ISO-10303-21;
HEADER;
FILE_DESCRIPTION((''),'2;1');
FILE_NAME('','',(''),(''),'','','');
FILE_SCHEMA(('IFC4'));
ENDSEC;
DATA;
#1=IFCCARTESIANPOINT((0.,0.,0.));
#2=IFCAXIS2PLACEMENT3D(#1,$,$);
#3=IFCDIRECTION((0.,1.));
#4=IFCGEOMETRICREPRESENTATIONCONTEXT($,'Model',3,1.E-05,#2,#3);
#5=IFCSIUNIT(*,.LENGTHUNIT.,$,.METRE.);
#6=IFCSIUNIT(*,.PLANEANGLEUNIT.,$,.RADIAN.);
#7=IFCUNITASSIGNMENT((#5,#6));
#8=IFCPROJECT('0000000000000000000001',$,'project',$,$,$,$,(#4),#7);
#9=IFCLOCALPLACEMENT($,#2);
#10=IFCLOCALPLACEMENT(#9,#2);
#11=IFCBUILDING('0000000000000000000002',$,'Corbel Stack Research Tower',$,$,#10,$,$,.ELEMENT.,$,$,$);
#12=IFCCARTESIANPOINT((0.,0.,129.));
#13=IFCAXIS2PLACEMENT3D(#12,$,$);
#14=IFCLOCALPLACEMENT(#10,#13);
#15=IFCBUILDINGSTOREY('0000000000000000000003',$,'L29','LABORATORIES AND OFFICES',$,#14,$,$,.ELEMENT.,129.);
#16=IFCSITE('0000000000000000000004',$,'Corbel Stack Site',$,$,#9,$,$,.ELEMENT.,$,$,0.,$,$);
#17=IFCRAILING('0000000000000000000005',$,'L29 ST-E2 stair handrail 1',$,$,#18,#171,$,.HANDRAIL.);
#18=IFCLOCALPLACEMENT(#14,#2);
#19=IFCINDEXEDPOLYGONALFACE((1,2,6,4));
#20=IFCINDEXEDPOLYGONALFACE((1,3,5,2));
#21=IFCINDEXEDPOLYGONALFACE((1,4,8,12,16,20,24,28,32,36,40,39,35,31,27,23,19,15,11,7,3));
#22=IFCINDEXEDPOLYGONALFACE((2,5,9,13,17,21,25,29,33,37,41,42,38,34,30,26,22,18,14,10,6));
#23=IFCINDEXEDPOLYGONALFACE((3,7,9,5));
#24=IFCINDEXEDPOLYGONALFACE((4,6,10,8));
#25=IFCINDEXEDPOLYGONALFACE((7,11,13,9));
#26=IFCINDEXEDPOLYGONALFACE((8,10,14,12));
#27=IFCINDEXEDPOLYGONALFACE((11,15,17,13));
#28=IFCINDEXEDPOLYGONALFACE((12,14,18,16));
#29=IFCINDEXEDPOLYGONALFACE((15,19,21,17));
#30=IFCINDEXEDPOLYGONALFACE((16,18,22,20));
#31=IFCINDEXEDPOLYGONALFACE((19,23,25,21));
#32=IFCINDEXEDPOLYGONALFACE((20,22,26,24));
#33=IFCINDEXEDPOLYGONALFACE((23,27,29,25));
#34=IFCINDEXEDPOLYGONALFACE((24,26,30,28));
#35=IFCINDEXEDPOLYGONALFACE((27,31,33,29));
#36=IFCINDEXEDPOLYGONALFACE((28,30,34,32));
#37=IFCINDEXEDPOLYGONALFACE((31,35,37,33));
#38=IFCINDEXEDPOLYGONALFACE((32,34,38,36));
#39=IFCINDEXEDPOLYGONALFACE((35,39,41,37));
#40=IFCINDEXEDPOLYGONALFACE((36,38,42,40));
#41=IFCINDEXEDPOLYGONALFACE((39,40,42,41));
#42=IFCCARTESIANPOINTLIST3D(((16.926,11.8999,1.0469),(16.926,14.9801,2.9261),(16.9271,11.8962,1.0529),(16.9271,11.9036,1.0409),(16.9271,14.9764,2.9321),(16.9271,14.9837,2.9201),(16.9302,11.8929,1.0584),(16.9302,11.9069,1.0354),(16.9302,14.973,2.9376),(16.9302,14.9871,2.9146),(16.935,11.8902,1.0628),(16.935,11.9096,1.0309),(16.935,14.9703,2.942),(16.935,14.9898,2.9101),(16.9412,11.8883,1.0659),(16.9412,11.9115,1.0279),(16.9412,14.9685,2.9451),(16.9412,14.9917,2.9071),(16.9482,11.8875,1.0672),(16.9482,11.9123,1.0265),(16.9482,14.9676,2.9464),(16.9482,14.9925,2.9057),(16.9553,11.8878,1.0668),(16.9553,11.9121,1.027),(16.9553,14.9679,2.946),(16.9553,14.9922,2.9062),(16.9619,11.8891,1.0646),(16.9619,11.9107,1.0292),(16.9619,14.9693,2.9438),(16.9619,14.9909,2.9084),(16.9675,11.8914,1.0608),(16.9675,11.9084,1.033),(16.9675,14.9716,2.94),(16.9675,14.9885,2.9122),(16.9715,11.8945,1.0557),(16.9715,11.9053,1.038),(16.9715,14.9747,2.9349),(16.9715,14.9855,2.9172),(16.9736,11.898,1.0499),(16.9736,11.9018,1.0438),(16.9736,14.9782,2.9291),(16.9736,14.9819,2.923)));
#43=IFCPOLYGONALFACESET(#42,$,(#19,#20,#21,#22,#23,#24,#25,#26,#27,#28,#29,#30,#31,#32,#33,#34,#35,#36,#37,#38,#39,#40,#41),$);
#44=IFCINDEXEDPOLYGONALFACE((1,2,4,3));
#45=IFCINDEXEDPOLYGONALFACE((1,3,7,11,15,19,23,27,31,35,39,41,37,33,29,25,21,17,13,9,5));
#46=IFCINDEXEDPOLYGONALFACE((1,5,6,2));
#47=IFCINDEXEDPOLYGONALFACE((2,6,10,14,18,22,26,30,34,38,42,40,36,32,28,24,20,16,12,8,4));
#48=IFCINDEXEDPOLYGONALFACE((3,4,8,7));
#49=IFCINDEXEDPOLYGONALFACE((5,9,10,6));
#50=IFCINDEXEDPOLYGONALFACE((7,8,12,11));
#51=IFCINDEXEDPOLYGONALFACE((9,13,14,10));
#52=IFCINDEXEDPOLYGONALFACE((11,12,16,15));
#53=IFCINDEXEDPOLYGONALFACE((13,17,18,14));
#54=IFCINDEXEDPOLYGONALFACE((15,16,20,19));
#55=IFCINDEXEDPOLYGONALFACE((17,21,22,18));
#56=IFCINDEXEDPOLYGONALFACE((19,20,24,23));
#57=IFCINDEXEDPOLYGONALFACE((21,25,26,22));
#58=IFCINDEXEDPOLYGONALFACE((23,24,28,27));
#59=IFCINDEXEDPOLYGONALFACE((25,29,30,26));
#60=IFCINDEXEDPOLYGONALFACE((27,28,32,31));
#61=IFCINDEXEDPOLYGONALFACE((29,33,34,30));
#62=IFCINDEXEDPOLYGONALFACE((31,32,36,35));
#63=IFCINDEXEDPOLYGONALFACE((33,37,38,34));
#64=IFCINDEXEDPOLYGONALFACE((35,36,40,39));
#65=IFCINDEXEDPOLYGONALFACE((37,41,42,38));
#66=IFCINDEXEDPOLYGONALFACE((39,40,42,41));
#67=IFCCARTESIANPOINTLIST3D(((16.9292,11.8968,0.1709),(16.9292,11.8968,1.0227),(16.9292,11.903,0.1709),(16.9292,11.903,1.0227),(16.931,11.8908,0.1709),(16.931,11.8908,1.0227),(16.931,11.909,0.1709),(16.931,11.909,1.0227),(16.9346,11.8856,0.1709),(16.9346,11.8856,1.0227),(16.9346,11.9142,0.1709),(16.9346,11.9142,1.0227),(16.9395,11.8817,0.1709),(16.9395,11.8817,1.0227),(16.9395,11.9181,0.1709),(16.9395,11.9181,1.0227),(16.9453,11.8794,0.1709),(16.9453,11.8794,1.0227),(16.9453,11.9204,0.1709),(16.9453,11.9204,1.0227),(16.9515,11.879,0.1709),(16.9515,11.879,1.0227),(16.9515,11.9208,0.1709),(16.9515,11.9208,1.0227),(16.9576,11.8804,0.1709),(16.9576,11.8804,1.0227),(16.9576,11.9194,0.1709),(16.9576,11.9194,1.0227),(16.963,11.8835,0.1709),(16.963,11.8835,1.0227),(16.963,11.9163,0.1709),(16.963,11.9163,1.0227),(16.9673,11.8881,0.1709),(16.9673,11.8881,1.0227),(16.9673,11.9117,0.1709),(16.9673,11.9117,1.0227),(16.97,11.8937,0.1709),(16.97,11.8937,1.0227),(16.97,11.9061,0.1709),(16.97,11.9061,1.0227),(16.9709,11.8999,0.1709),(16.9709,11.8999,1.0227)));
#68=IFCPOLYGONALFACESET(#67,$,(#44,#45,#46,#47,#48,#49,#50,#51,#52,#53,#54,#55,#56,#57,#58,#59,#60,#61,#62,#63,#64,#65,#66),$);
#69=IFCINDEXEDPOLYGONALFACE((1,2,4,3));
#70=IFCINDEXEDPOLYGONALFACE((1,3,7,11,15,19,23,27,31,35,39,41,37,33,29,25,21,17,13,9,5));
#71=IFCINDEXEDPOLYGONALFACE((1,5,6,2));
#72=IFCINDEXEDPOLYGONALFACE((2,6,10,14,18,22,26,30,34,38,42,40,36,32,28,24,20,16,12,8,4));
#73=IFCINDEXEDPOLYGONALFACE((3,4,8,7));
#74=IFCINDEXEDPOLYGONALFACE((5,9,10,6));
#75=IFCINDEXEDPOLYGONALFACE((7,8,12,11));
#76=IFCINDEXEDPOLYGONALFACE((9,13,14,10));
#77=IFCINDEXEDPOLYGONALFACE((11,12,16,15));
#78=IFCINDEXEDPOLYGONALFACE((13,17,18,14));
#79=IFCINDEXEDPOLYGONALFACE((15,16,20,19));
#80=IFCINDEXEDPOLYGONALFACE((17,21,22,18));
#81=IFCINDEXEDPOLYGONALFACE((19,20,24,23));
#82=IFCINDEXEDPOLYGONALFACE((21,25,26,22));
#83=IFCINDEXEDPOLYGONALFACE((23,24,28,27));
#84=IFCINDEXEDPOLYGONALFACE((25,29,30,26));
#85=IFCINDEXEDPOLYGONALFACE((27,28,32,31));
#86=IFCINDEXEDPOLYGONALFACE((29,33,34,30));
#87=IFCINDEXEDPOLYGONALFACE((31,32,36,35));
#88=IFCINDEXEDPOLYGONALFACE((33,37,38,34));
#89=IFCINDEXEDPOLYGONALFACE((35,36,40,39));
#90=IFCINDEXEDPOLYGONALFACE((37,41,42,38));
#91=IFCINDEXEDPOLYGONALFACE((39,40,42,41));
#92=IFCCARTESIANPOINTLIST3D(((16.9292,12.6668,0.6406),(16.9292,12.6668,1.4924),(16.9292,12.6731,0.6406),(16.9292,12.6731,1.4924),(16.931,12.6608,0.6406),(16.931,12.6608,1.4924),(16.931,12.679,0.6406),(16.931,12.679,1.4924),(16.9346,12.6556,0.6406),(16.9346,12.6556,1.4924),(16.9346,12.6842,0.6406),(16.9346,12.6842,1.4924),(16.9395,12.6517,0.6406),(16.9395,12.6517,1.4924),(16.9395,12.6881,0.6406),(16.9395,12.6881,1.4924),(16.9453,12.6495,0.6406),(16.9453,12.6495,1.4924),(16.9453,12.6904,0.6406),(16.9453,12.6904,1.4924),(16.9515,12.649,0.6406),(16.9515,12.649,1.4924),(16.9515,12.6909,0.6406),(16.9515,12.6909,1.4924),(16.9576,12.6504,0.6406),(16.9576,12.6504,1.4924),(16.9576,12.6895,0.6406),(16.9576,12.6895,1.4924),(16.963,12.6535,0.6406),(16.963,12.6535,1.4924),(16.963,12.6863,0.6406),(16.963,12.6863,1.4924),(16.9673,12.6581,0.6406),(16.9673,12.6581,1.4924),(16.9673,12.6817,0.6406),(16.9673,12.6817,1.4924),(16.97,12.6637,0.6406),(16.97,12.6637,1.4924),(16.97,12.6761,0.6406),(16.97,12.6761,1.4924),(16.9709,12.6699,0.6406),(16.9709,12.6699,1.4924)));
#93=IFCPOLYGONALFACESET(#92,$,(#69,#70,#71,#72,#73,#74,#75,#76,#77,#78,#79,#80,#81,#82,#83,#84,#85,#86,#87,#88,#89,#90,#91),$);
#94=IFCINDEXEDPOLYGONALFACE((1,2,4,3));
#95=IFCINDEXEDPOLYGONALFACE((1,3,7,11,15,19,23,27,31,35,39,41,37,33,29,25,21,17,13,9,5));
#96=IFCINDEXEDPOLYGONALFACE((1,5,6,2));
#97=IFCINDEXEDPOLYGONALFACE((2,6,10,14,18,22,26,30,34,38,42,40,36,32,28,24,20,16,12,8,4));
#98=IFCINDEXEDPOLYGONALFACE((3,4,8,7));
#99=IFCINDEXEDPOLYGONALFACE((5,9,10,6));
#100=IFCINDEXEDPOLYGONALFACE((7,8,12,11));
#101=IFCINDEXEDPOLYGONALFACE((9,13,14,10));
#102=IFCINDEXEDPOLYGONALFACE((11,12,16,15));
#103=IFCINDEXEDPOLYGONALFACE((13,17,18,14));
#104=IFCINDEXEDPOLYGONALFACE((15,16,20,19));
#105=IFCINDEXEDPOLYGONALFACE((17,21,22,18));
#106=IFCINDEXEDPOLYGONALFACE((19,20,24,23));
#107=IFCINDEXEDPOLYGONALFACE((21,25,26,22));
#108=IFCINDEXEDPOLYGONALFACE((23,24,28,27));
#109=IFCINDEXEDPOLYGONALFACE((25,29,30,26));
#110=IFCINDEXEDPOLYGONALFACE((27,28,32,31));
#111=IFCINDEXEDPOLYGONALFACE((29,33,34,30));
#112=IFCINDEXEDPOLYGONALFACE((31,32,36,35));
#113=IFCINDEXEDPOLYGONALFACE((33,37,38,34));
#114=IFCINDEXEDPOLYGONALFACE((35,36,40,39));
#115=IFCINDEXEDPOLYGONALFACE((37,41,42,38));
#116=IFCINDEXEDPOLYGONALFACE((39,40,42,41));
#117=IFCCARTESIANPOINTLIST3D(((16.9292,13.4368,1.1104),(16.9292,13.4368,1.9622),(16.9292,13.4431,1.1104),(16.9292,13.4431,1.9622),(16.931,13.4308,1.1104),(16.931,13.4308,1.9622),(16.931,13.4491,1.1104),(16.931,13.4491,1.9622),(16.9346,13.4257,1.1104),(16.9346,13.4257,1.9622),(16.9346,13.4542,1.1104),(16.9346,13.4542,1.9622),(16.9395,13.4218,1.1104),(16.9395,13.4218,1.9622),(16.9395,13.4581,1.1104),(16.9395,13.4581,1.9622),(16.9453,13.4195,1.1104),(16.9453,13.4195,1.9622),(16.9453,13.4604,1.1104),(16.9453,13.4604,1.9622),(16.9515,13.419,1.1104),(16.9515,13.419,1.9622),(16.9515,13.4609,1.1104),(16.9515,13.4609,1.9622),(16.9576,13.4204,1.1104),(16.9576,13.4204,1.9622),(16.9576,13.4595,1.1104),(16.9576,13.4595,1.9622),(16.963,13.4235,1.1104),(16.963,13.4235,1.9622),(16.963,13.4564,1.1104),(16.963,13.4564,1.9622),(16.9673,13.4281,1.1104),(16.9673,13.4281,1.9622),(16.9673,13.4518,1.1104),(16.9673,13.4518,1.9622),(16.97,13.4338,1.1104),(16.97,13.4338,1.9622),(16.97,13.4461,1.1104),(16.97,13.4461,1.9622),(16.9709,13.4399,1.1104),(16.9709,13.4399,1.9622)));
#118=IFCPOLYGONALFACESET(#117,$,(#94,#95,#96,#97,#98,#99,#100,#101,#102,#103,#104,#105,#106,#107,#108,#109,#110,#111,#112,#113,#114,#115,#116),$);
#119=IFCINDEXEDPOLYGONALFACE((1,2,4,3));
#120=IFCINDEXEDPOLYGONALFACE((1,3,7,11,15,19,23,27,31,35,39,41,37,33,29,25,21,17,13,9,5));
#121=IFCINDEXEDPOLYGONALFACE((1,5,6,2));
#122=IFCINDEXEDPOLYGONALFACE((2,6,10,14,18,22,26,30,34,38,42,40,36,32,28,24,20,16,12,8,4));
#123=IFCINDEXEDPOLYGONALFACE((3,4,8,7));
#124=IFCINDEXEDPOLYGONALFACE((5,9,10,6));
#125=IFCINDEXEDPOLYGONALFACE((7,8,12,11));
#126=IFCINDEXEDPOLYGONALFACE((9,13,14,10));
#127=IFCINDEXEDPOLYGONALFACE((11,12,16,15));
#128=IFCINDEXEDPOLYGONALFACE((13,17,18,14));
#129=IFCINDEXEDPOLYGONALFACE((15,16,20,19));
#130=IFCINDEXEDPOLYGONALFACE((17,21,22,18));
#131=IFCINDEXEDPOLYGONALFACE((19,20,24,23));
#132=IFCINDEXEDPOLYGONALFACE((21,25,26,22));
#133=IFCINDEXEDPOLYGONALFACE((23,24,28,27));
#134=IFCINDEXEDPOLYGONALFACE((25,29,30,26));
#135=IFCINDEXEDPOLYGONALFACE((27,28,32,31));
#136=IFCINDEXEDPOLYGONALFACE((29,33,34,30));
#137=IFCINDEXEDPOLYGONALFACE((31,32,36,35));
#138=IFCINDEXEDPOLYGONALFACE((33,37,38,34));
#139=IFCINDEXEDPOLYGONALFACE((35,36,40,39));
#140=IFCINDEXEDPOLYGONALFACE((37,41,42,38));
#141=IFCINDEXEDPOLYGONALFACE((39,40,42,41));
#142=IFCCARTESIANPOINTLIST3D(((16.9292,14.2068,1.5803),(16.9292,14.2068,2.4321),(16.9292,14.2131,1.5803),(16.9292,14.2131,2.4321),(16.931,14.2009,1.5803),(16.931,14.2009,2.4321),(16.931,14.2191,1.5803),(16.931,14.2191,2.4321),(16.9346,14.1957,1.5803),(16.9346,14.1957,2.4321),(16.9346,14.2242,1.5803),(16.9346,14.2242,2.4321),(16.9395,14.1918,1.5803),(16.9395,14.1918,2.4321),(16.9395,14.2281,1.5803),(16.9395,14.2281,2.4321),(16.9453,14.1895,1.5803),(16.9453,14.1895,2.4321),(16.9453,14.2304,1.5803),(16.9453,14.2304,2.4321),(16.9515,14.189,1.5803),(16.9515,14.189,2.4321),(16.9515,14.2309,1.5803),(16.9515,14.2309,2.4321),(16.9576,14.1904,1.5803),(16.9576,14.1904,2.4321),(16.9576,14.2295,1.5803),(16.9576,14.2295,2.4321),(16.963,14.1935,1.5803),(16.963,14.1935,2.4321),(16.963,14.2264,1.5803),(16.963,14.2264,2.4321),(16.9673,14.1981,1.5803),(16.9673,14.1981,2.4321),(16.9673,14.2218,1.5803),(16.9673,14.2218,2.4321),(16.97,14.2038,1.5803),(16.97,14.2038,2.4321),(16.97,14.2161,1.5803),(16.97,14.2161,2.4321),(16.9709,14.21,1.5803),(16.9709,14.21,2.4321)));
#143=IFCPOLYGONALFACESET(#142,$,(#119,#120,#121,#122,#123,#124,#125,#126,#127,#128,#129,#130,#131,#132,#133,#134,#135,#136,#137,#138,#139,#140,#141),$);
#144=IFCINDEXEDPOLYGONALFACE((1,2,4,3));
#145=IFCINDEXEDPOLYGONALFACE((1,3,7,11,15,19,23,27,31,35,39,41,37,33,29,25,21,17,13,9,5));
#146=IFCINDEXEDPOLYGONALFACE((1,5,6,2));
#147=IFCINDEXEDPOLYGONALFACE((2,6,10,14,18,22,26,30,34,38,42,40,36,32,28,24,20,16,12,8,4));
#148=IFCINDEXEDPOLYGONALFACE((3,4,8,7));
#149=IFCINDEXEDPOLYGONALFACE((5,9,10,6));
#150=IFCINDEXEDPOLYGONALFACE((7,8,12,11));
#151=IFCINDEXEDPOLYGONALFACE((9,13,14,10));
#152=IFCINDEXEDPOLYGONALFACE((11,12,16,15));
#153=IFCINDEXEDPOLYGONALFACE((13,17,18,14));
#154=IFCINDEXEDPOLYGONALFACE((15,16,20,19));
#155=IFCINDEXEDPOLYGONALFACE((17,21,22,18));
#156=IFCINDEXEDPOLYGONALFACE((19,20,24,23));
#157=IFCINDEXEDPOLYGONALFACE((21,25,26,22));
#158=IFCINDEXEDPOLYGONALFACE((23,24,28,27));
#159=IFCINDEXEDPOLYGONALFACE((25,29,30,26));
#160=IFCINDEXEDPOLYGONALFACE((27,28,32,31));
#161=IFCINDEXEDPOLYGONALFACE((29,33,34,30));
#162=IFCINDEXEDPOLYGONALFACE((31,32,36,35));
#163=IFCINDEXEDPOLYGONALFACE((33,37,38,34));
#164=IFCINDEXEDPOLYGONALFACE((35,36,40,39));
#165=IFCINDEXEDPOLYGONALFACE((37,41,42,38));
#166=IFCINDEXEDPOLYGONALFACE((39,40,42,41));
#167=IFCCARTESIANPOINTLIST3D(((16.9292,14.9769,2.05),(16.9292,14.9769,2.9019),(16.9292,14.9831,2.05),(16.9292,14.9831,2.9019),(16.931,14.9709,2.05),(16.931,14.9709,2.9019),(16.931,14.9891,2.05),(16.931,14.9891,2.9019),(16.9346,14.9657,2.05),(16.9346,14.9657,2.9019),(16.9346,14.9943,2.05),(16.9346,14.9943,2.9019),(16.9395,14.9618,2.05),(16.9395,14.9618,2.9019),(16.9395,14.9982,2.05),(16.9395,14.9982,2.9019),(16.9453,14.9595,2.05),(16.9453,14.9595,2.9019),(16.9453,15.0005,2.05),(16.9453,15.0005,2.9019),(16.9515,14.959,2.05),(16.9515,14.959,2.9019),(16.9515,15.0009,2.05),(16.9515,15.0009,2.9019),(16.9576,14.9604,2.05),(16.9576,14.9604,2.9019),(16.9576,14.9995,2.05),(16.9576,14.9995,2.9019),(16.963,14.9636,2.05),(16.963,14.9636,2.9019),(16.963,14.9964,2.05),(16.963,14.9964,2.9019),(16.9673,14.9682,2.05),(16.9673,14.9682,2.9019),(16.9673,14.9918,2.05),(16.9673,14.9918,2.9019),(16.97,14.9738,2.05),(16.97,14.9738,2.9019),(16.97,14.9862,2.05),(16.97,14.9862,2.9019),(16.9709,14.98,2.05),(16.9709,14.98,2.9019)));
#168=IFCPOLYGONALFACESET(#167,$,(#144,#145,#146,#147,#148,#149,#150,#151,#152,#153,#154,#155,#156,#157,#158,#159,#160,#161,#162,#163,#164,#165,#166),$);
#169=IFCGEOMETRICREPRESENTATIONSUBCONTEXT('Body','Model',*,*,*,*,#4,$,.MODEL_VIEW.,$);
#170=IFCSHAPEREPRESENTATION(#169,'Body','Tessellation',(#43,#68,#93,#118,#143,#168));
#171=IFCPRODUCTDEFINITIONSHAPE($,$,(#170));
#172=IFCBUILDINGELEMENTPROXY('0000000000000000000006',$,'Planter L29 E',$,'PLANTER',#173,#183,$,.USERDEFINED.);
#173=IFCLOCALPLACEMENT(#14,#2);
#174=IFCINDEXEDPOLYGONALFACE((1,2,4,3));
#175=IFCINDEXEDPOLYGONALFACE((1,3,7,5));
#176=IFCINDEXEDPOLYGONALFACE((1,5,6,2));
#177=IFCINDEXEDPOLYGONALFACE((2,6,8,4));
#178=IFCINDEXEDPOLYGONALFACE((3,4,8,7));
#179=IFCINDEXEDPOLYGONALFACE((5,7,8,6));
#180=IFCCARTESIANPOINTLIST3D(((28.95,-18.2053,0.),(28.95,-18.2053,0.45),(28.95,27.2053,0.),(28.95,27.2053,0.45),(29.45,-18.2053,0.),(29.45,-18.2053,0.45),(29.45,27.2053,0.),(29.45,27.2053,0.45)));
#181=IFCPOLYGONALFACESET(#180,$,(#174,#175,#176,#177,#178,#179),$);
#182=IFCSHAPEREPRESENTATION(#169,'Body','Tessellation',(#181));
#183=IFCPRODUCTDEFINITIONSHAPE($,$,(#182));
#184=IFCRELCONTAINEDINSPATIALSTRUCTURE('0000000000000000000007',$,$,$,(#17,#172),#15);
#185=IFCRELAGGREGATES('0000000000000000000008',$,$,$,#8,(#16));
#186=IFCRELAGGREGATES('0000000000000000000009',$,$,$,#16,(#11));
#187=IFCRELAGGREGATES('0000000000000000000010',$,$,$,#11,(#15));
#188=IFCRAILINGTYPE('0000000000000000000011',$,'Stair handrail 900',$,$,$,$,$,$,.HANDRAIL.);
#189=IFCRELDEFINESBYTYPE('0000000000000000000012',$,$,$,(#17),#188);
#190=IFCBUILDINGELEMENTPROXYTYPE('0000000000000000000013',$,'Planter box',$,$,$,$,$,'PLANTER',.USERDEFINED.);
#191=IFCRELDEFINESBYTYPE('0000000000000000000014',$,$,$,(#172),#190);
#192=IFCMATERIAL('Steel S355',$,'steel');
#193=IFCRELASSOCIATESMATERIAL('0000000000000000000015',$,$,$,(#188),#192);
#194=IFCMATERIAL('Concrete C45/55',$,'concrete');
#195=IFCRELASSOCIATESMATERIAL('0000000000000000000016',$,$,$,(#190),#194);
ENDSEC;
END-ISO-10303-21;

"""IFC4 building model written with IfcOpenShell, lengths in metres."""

from ifc_helpers import new_model, si_unit, direction, frame, origin, origin_2d, place, context, subcontext, project, spatial, rectangle, circle, extrude, material, type_object, element, save


model = new_model("IFC4")

# Units and contexts
model_context = context("Model", 3, precision=1e-05, world=origin(), true_north=direction((0.0, 1.0)))
body_context = subcontext(model_context, "Body", "Model", "MODEL_VIEW")
ifc_project = project(units=[si_unit("LENGTHUNIT", "METRE"), si_unit("PLANEANGLEUNIT", "RADIAN")], contexts=[model_context])

# Site, building, storey
site_placement = place(None, origin())
site = spatial("IfcSite", under=ifc_project, at=site_placement, Name="Corbel Stack Site", CompositionType="ELEMENT", RefElevation=0.0)
building_placement = place(site_placement, origin())
building = spatial("IfcBuilding", under=site, at=building_placement, Name="Corbel Stack Research Tower", CompositionType="ELEMENT")
storey_placement = place(building_placement, frame((0.0, 0.0, 129.0)))
storey = spatial("IfcBuildingStorey", under=building, at=storey_placement, Name="L29", Description="LABORATORIES AND OFFICES", CompositionType="ELEMENT", Elevation=129.0)

# Railing
ifc_material_1 = material(Name="Steel S355", Category="steel")
railing_type_1 = type_object("IfcRailingType", Name="Stair handrail 900", PredefinedType="HANDRAIL", material=ifc_material_1)
railing_placement = place(storey_placement, frame((16.95, 11.8999, 0.1709)))
element("IfcRailing", 1, at=railing_placement, inside=storey, type_object=railing_type_1, Name="L29 ST-E2 stair handrail 1", PredefinedType="HANDRAIL", context=body_context, shape_type="SweptSolid", body=[
    extrude(circle(Radius=0.0239, at=origin_2d()), frame((0.0, 0.0, 0.876), z_axis=(0.0, 0.853666, 0.52082), x_axis=(-1.0, 0.0, 0.0)), (0.0, 0.0, 1.0), 3.6082),
    extrude(circle(Radius=0.021, at=origin_2d()), origin(), (0.0, 0.0, 1.0), 0.8518),
    extrude(circle(Radius=0.021, at=origin_2d()), frame((0.0, 0.77, 0.4697)), (0.0, 0.0, 1.0), 0.8518),
    extrude(circle(Radius=0.021, at=origin_2d()), frame((0.0, 1.54, 0.9395)), (0.0, 0.0, 1.0), 0.8518),
    extrude(circle(Radius=0.021, at=origin_2d()), frame((0.0, 2.3101, 1.4094)), (0.0, 0.0, 1.0), 0.8518),
    extrude(circle(Radius=0.021, at=origin_2d()), frame((0.0, 3.0801, 1.8792)), (0.0, 0.0, 1.0), 0.8518),
])

# Building element proxy
ifc_material_2 = material(Name="Concrete C45/55", Category="concrete")
building_element_proxy_type = type_object("IfcBuildingElementProxyType", Name="Planter box", ElementType="PLANTER", PredefinedType="USERDEFINED", material=ifc_material_2)
proxy_placement = place(storey_placement, frame((29.2, 4.5, 0.0), z_axis=(0.0, 0.0, 1.0), x_axis=(0.0, 1.0, 0.0)))
element("IfcBuildingElementProxy", 2, at=proxy_placement, inside=storey, type_object=building_element_proxy_type, Name="Planter L29 E", ObjectType="PLANTER", PredefinedType="USERDEFINED", context=body_context, shape_type="SweptSolid", body=[
    extrude(rectangle(XDim=45.4106, YDim=0.5, at=origin_2d()), origin(), (0.0, 0.0, 1.0), 0.45),
])

save(model, "model.ifc")
